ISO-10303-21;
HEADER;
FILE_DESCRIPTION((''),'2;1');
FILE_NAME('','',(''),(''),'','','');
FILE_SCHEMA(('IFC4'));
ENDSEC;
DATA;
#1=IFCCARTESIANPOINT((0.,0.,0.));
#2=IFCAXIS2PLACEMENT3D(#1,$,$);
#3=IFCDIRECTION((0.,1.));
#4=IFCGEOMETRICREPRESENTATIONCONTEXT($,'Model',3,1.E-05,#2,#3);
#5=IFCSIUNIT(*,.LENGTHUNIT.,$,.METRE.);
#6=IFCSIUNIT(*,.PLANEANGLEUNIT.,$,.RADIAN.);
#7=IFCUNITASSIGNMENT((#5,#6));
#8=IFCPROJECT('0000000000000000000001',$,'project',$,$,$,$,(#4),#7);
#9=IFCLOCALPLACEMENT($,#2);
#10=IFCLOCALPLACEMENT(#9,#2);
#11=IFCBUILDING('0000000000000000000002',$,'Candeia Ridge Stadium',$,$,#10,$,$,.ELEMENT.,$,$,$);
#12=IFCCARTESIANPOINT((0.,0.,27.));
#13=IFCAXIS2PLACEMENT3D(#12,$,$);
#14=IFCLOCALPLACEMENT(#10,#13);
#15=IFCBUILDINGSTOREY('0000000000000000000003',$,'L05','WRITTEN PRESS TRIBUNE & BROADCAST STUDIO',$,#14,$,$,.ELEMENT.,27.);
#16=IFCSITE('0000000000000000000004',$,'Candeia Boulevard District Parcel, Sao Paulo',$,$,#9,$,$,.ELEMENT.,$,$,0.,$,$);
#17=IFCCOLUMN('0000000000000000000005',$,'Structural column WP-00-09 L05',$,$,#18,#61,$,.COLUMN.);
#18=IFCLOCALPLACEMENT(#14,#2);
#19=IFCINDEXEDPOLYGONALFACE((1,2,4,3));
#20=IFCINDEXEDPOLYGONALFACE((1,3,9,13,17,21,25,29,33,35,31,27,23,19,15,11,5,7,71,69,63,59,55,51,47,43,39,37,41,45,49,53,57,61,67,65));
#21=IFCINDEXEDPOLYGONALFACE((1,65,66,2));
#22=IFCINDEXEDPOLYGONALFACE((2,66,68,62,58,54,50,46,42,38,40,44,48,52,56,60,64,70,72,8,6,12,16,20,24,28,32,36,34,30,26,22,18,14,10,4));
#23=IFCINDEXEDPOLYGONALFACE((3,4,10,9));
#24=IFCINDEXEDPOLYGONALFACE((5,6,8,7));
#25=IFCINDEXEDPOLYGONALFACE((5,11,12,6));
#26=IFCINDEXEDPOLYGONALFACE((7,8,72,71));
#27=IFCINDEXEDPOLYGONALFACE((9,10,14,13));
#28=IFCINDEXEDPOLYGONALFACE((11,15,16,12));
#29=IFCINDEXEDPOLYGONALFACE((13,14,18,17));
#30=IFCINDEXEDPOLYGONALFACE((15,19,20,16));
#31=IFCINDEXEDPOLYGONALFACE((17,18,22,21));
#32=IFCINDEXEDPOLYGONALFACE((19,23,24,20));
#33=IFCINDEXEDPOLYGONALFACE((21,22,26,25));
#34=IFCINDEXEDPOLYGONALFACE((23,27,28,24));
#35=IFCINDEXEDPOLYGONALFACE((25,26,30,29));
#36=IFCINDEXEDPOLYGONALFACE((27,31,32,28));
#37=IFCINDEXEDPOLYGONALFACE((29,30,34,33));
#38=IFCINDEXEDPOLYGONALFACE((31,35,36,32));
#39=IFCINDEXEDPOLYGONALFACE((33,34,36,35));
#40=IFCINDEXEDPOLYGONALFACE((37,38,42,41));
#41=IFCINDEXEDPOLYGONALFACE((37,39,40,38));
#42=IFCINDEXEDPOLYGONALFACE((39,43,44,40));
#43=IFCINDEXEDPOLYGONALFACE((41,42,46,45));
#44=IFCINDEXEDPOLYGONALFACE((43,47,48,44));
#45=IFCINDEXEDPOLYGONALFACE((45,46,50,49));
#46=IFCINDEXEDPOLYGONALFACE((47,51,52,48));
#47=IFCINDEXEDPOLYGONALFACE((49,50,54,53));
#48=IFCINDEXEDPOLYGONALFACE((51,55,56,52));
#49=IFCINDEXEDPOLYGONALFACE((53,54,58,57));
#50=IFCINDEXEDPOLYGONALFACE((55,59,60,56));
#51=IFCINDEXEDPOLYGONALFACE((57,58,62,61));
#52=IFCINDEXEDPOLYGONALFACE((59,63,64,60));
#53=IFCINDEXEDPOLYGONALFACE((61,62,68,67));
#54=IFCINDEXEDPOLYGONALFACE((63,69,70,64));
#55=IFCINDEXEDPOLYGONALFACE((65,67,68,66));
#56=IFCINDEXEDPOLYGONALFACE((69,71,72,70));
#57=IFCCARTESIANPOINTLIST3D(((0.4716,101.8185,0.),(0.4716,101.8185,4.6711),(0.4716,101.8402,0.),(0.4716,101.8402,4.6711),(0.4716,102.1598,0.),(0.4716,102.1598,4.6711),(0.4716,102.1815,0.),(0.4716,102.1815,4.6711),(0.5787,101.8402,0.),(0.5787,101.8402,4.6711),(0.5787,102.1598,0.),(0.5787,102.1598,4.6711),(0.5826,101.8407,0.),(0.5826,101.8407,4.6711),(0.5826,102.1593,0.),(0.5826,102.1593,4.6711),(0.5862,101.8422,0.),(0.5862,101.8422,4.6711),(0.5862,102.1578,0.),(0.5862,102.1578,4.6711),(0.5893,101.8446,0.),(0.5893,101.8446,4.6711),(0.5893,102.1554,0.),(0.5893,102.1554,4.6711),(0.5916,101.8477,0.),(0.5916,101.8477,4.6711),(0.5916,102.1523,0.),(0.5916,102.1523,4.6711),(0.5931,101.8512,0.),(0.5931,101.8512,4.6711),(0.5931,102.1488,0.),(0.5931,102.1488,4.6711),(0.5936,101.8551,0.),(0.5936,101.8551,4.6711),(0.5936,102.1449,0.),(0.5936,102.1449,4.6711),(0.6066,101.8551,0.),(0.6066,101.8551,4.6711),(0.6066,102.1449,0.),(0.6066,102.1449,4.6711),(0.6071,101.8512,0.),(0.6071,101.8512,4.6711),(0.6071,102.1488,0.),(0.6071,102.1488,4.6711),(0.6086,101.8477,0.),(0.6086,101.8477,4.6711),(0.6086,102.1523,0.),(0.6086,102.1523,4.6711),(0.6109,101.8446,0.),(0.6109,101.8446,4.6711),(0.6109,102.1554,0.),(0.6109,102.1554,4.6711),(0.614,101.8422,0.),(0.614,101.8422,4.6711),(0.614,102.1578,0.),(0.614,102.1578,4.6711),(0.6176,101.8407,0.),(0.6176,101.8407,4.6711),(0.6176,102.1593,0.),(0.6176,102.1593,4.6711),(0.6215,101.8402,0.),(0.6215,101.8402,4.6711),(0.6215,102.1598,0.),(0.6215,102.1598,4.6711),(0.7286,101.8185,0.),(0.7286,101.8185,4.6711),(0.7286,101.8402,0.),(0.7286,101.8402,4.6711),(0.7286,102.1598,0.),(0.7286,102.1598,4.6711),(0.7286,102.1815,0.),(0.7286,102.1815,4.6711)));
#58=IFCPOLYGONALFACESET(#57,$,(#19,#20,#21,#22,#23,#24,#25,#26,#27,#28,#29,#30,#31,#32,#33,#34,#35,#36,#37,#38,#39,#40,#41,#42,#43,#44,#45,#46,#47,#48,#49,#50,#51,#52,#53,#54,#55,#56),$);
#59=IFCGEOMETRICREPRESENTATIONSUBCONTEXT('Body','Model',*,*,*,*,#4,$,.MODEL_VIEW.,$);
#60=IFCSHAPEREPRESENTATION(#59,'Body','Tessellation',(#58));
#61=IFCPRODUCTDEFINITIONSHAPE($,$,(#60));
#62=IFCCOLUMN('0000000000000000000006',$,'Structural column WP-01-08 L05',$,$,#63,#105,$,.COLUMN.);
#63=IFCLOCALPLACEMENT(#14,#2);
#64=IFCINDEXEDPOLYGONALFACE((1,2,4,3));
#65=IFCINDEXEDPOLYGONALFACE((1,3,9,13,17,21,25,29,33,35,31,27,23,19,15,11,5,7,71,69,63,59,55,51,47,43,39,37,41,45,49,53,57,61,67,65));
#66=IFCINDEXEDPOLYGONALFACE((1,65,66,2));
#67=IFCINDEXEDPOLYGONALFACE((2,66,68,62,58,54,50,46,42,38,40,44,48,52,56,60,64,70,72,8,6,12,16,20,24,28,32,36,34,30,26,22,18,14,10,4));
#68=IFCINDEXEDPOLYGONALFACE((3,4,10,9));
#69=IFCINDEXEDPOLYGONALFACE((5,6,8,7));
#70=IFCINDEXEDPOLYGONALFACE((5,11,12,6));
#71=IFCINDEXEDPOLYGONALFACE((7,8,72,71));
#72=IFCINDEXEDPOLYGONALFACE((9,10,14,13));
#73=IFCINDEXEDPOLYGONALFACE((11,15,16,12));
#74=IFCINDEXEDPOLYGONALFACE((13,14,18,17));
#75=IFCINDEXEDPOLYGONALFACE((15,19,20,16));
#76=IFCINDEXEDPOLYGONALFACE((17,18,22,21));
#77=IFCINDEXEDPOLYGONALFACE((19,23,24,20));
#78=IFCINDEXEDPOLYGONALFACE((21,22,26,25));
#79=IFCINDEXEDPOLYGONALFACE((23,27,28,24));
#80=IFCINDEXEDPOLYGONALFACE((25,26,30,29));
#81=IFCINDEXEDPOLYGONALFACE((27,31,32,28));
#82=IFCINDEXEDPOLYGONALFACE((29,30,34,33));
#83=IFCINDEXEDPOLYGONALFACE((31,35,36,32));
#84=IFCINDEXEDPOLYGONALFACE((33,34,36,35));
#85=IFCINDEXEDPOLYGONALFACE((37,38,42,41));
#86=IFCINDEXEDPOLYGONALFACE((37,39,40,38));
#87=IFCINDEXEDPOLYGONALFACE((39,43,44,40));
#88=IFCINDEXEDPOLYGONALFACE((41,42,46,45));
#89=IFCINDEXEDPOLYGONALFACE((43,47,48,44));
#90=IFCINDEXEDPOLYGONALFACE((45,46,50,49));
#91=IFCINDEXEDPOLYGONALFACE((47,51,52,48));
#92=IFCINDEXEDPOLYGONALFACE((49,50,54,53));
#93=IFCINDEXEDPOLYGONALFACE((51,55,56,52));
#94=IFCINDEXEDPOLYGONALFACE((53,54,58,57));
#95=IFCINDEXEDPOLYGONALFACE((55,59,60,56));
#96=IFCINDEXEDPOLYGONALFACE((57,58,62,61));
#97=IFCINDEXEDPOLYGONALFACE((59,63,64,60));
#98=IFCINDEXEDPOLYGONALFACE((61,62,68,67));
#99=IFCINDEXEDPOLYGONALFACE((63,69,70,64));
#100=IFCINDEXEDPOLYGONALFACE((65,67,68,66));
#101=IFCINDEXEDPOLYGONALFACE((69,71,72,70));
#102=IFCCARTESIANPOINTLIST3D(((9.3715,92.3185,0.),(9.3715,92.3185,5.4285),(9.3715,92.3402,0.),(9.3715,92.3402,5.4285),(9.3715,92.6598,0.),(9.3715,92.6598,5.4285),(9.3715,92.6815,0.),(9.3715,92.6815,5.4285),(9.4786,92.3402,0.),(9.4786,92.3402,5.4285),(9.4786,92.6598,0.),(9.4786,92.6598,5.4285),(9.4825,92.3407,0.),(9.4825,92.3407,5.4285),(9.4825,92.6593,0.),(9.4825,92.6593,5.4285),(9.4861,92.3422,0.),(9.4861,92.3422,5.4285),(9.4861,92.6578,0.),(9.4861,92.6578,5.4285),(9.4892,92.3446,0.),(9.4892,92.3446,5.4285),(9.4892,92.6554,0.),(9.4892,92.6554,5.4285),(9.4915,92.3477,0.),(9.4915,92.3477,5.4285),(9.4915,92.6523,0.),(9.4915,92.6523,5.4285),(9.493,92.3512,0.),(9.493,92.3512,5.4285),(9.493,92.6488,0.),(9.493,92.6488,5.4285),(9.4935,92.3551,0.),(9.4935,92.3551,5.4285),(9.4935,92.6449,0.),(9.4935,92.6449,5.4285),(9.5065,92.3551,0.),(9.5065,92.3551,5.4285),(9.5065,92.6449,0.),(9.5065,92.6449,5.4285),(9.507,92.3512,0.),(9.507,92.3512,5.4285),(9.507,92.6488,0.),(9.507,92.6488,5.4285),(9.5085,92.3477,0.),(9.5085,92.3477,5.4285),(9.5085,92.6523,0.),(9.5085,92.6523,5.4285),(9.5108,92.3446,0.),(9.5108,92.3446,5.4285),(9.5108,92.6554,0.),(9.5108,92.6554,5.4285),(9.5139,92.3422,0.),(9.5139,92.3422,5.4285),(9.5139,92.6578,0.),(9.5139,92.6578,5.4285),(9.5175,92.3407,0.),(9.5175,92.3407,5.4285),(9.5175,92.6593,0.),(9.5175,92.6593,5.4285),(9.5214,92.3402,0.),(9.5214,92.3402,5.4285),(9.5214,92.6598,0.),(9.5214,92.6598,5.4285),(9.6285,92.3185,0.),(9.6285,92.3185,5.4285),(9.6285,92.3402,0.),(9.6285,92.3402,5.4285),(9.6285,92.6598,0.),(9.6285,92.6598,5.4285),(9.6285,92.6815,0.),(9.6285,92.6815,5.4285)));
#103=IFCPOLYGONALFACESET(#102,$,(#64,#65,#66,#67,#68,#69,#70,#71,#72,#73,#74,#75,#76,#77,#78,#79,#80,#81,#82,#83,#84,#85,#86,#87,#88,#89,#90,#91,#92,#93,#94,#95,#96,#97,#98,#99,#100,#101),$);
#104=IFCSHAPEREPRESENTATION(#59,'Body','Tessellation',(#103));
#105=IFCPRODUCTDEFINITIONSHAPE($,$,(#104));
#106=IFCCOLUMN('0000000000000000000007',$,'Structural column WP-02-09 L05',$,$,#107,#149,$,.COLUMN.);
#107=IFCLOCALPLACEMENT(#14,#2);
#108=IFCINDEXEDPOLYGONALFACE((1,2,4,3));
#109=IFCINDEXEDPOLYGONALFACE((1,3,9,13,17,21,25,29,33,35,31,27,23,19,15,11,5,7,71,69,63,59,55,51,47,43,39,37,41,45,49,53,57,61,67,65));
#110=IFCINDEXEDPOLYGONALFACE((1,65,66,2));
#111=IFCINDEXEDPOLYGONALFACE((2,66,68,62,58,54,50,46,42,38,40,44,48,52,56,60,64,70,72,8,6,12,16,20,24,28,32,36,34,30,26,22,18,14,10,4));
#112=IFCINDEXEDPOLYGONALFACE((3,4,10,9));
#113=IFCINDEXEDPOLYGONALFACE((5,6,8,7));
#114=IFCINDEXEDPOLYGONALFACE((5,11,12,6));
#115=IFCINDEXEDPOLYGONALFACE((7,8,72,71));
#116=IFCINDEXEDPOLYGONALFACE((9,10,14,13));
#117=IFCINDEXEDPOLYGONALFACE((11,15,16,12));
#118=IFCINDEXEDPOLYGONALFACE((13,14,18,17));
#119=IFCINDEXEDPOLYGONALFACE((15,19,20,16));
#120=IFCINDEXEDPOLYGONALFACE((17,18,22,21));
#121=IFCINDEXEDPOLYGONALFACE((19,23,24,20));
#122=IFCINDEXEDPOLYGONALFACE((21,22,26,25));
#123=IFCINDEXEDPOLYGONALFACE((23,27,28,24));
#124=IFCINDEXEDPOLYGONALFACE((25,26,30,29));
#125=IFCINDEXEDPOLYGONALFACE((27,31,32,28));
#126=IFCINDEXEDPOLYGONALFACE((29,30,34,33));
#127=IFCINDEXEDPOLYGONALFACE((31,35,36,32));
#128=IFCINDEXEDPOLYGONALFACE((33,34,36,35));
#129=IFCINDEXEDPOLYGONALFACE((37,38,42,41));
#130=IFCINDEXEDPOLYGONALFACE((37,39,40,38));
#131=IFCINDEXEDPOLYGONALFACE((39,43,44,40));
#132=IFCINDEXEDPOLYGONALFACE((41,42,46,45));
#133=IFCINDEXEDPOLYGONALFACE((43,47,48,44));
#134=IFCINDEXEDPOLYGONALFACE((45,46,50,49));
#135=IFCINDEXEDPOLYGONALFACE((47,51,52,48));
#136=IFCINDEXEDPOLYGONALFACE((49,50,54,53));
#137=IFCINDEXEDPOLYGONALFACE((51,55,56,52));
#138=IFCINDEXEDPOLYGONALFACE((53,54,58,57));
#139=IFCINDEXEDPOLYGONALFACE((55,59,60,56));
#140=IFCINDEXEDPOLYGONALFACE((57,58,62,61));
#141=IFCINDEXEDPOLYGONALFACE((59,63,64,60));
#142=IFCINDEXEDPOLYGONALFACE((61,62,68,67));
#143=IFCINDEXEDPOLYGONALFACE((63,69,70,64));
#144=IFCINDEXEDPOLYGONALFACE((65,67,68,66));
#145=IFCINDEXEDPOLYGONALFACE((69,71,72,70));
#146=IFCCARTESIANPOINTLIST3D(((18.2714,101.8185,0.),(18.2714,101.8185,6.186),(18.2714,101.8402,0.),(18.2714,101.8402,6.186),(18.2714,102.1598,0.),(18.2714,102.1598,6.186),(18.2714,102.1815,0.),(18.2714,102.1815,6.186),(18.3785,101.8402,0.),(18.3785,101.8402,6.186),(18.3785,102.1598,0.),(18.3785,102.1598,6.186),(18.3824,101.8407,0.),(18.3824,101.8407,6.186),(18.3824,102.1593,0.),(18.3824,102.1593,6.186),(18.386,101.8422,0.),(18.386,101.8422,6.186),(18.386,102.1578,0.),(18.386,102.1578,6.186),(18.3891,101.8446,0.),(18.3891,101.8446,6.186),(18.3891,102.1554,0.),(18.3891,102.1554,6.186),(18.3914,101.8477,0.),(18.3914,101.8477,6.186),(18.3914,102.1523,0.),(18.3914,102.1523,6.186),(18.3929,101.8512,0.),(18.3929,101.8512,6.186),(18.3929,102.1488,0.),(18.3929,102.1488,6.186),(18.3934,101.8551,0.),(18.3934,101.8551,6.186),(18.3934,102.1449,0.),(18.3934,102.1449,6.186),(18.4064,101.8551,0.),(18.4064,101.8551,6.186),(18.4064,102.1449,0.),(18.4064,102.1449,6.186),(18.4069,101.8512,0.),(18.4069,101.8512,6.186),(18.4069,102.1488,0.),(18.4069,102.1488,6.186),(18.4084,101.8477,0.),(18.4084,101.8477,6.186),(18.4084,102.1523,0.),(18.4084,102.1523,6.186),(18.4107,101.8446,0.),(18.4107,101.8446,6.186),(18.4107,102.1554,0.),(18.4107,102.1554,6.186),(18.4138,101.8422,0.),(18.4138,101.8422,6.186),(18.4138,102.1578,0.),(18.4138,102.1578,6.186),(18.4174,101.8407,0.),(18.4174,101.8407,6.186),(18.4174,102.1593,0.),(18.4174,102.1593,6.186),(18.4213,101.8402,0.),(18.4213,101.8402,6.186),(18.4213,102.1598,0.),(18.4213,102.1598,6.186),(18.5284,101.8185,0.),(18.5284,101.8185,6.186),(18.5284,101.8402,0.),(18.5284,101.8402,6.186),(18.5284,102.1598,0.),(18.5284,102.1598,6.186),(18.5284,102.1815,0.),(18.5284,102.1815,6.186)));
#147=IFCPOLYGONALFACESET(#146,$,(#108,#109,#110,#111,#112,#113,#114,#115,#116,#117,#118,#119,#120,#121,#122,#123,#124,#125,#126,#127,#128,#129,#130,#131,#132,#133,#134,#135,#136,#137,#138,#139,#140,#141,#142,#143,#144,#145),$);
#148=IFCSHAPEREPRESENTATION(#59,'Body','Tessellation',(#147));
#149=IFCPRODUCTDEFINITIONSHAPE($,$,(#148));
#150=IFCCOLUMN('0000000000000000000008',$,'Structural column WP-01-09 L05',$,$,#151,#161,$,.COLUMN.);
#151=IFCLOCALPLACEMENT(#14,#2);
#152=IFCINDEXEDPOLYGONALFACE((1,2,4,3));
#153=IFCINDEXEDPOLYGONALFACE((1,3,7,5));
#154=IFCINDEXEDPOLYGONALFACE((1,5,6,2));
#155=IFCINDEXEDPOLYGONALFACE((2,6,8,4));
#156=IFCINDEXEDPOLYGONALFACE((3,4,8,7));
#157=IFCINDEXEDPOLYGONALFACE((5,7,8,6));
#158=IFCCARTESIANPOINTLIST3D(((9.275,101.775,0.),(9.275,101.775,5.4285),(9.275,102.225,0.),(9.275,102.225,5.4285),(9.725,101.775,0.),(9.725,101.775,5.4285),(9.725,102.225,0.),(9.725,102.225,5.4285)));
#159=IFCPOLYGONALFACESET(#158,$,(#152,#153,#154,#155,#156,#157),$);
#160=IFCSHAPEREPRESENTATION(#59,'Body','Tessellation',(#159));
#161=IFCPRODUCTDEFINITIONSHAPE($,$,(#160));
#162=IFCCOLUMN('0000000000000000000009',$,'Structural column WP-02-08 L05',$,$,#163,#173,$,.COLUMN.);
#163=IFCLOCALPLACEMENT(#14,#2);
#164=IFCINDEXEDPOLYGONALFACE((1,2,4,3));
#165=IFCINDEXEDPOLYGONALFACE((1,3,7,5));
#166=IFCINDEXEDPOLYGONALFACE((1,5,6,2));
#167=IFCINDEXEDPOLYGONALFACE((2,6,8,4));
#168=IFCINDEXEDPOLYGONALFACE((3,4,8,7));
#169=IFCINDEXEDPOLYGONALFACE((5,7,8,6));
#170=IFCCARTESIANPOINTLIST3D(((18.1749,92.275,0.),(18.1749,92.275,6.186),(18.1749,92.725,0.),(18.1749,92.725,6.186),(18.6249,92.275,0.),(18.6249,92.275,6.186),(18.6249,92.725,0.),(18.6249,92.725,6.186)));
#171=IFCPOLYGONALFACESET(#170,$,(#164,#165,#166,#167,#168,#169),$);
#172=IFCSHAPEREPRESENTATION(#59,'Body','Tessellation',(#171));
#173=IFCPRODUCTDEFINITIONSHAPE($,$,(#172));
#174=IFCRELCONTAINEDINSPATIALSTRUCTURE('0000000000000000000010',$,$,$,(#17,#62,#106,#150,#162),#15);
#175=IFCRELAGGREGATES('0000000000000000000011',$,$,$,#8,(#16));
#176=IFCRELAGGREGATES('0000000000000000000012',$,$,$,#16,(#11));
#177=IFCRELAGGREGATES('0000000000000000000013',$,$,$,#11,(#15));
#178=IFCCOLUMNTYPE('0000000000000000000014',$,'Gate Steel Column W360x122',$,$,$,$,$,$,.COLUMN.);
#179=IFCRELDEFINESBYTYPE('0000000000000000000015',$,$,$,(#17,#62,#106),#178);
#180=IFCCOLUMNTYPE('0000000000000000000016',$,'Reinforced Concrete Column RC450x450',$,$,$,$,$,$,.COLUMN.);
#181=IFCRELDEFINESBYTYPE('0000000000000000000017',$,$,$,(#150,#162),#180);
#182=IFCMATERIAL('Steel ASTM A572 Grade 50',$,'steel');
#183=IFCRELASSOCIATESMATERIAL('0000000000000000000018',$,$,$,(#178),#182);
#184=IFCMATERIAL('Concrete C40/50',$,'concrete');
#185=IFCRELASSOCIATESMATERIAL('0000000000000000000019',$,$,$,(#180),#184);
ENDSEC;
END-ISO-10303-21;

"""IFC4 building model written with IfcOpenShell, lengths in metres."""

from ifc_helpers import new_model, si_unit, direction, frame, origin, origin_2d, place, context, subcontext, project, spatial, rectangle, i_section, extrude, material, material_profile, profile_set, type_object, element, save


model = new_model("IFC4")

# Units and contexts
model_context = context("Model", 3, precision=1e-05, world=origin(), true_north=direction((0.0, 1.0)))
body_context = subcontext(model_context, "Body", "Model", "MODEL_VIEW")
ifc_project = project(units=[si_unit("LENGTHUNIT", "METRE"), si_unit("PLANEANGLEUNIT", "RADIAN")], contexts=[model_context])

# Site, building, storey
site_placement = place(None, origin())
site = spatial("IfcSite", under=ifc_project, at=site_placement, Name="Candeia Boulevard District Parcel, Sao Paulo", CompositionType="ELEMENT", RefElevation=0.0)
building_placement = place(site_placement, origin())
building = spatial("IfcBuilding", under=site, at=building_placement, Name="Candeia Ridge Stadium", CompositionType="ELEMENT")
storey_placement = place(building_placement, frame((0.0, 0.0, 27.0)))
storey = spatial("IfcBuildingStorey", under=building, at=storey_placement, Name="L05", Description="WRITTEN PRESS TRIBUNE & BROADCAST STUDIO", CompositionType="ELEMENT", Elevation=27.0)

# Columns
ifc_material_1 = material(Name="Steel ASTM A572 Grade 50", Category="steel")
ifc_material_profile_1 = material_profile(ifc_material_1, i_section(OverallWidth=0.2571, OverallDepth=0.363, WebThickness=0.0129, FlangeThickness=0.0217, FilletRadius=0.0149, at=origin_2d()), Name="W360x122", Category="steel")
ifc_profile_set_1 = profile_set([ifc_material_profile_1], Name="Steel ASTM A572 Grade 50")
column_type_1 = type_object("IfcColumnType", Name="Gate Steel Column W360x122", PredefinedType="COLUMN", material=ifc_profile_set_1)
column_1_placement = place(storey_placement, frame((0.6001, 102.0, 0.0), z_axis=(0.0, 0.0, 1.0), x_axis=(1.0, 0.0, 0.0)))
element("IfcColumn", 1, at=column_1_placement, inside=storey, type_object=column_type_1, Name="Structural column WP-00-09 L05", PredefinedType="COLUMN", context=body_context, shape_type="SweptSolid", body=[
    extrude(i_section(OverallWidth=0.2571, OverallDepth=0.363, WebThickness=0.0129, FlangeThickness=0.0217, FilletRadius=0.0149, at=origin_2d()), origin(), (0.0, 0.0, 1.0), 4.6711),
])
column_2_placement = place(storey_placement, frame((9.5, 92.5, 0.0), z_axis=(0.0, 0.0, 1.0), x_axis=(1.0, 0.0, 0.0)))
element("IfcColumn", 2, at=column_2_placement, inside=storey, type_object=column_type_1, Name="Structural column WP-01-08 L05", PredefinedType="COLUMN", context=body_context, shape_type="SweptSolid", body=[
    extrude(i_section(OverallWidth=0.2571, OverallDepth=0.363, WebThickness=0.0129, FlangeThickness=0.0217, FilletRadius=0.0149, at=origin_2d()), origin(), (0.0, 0.0, 1.0), 5.4285),
])
column_3_placement = place(storey_placement, frame((18.3999, 102.0, 0.0), z_axis=(0.0, 0.0, 1.0), x_axis=(1.0, 0.0, 0.0)))
element("IfcColumn", 3, at=column_3_placement, inside=storey, type_object=column_type_1, Name="Structural column WP-02-09 L05", PredefinedType="COLUMN", context=body_context, shape_type="SweptSolid", body=[
    extrude(i_section(OverallWidth=0.2571, OverallDepth=0.363, WebThickness=0.0129, FlangeThickness=0.0217, FilletRadius=0.0149, at=origin_2d()), origin(), (0.0, 0.0, 1.0), 6.186),
])
ifc_material_2 = material(Name="Concrete C40/50", Category="concrete")
ifc_material_profile_2 = material_profile(ifc_material_2, rectangle(XDim=0.45, YDim=0.45, at=origin_2d()), Name="RC450x450", Category="concrete")
ifc_profile_set_2 = profile_set([ifc_material_profile_2], Name="Concrete C40/50")
column_type_2 = type_object("IfcColumnType", Name="Reinforced Concrete Column RC450x450", PredefinedType="COLUMN", material=ifc_profile_set_2)
column_4_placement = place(storey_placement, frame((9.5, 102.0, 0.0), z_axis=(0.0, 0.0, 1.0), x_axis=(1.0, 0.0, 0.0)))
element("IfcColumn", 4, at=column_4_placement, inside=storey, type_object=column_type_2, Name="Structural column WP-01-09 L05", PredefinedType="COLUMN", context=body_context, shape_type="SweptSolid", body=[
    extrude(rectangle(XDim=0.45, YDim=0.45, at=origin_2d()), origin(), (0.0, 0.0, 1.0), 5.4285),
])
column_5_placement = place(storey_placement, frame((18.3999, 92.5, 0.0), z_axis=(0.0, 0.0, 1.0), x_axis=(1.0, 0.0, 0.0)))
element("IfcColumn", 5, at=column_5_placement, inside=storey, type_object=column_type_2, Name="Structural column WP-02-08 L05", PredefinedType="COLUMN", context=body_context, shape_type="SweptSolid", body=[
    extrude(rectangle(XDim=0.45, YDim=0.45, at=origin_2d()), origin(), (0.0, 0.0, 1.0), 6.186),
])

save(model, "model.ifc")
